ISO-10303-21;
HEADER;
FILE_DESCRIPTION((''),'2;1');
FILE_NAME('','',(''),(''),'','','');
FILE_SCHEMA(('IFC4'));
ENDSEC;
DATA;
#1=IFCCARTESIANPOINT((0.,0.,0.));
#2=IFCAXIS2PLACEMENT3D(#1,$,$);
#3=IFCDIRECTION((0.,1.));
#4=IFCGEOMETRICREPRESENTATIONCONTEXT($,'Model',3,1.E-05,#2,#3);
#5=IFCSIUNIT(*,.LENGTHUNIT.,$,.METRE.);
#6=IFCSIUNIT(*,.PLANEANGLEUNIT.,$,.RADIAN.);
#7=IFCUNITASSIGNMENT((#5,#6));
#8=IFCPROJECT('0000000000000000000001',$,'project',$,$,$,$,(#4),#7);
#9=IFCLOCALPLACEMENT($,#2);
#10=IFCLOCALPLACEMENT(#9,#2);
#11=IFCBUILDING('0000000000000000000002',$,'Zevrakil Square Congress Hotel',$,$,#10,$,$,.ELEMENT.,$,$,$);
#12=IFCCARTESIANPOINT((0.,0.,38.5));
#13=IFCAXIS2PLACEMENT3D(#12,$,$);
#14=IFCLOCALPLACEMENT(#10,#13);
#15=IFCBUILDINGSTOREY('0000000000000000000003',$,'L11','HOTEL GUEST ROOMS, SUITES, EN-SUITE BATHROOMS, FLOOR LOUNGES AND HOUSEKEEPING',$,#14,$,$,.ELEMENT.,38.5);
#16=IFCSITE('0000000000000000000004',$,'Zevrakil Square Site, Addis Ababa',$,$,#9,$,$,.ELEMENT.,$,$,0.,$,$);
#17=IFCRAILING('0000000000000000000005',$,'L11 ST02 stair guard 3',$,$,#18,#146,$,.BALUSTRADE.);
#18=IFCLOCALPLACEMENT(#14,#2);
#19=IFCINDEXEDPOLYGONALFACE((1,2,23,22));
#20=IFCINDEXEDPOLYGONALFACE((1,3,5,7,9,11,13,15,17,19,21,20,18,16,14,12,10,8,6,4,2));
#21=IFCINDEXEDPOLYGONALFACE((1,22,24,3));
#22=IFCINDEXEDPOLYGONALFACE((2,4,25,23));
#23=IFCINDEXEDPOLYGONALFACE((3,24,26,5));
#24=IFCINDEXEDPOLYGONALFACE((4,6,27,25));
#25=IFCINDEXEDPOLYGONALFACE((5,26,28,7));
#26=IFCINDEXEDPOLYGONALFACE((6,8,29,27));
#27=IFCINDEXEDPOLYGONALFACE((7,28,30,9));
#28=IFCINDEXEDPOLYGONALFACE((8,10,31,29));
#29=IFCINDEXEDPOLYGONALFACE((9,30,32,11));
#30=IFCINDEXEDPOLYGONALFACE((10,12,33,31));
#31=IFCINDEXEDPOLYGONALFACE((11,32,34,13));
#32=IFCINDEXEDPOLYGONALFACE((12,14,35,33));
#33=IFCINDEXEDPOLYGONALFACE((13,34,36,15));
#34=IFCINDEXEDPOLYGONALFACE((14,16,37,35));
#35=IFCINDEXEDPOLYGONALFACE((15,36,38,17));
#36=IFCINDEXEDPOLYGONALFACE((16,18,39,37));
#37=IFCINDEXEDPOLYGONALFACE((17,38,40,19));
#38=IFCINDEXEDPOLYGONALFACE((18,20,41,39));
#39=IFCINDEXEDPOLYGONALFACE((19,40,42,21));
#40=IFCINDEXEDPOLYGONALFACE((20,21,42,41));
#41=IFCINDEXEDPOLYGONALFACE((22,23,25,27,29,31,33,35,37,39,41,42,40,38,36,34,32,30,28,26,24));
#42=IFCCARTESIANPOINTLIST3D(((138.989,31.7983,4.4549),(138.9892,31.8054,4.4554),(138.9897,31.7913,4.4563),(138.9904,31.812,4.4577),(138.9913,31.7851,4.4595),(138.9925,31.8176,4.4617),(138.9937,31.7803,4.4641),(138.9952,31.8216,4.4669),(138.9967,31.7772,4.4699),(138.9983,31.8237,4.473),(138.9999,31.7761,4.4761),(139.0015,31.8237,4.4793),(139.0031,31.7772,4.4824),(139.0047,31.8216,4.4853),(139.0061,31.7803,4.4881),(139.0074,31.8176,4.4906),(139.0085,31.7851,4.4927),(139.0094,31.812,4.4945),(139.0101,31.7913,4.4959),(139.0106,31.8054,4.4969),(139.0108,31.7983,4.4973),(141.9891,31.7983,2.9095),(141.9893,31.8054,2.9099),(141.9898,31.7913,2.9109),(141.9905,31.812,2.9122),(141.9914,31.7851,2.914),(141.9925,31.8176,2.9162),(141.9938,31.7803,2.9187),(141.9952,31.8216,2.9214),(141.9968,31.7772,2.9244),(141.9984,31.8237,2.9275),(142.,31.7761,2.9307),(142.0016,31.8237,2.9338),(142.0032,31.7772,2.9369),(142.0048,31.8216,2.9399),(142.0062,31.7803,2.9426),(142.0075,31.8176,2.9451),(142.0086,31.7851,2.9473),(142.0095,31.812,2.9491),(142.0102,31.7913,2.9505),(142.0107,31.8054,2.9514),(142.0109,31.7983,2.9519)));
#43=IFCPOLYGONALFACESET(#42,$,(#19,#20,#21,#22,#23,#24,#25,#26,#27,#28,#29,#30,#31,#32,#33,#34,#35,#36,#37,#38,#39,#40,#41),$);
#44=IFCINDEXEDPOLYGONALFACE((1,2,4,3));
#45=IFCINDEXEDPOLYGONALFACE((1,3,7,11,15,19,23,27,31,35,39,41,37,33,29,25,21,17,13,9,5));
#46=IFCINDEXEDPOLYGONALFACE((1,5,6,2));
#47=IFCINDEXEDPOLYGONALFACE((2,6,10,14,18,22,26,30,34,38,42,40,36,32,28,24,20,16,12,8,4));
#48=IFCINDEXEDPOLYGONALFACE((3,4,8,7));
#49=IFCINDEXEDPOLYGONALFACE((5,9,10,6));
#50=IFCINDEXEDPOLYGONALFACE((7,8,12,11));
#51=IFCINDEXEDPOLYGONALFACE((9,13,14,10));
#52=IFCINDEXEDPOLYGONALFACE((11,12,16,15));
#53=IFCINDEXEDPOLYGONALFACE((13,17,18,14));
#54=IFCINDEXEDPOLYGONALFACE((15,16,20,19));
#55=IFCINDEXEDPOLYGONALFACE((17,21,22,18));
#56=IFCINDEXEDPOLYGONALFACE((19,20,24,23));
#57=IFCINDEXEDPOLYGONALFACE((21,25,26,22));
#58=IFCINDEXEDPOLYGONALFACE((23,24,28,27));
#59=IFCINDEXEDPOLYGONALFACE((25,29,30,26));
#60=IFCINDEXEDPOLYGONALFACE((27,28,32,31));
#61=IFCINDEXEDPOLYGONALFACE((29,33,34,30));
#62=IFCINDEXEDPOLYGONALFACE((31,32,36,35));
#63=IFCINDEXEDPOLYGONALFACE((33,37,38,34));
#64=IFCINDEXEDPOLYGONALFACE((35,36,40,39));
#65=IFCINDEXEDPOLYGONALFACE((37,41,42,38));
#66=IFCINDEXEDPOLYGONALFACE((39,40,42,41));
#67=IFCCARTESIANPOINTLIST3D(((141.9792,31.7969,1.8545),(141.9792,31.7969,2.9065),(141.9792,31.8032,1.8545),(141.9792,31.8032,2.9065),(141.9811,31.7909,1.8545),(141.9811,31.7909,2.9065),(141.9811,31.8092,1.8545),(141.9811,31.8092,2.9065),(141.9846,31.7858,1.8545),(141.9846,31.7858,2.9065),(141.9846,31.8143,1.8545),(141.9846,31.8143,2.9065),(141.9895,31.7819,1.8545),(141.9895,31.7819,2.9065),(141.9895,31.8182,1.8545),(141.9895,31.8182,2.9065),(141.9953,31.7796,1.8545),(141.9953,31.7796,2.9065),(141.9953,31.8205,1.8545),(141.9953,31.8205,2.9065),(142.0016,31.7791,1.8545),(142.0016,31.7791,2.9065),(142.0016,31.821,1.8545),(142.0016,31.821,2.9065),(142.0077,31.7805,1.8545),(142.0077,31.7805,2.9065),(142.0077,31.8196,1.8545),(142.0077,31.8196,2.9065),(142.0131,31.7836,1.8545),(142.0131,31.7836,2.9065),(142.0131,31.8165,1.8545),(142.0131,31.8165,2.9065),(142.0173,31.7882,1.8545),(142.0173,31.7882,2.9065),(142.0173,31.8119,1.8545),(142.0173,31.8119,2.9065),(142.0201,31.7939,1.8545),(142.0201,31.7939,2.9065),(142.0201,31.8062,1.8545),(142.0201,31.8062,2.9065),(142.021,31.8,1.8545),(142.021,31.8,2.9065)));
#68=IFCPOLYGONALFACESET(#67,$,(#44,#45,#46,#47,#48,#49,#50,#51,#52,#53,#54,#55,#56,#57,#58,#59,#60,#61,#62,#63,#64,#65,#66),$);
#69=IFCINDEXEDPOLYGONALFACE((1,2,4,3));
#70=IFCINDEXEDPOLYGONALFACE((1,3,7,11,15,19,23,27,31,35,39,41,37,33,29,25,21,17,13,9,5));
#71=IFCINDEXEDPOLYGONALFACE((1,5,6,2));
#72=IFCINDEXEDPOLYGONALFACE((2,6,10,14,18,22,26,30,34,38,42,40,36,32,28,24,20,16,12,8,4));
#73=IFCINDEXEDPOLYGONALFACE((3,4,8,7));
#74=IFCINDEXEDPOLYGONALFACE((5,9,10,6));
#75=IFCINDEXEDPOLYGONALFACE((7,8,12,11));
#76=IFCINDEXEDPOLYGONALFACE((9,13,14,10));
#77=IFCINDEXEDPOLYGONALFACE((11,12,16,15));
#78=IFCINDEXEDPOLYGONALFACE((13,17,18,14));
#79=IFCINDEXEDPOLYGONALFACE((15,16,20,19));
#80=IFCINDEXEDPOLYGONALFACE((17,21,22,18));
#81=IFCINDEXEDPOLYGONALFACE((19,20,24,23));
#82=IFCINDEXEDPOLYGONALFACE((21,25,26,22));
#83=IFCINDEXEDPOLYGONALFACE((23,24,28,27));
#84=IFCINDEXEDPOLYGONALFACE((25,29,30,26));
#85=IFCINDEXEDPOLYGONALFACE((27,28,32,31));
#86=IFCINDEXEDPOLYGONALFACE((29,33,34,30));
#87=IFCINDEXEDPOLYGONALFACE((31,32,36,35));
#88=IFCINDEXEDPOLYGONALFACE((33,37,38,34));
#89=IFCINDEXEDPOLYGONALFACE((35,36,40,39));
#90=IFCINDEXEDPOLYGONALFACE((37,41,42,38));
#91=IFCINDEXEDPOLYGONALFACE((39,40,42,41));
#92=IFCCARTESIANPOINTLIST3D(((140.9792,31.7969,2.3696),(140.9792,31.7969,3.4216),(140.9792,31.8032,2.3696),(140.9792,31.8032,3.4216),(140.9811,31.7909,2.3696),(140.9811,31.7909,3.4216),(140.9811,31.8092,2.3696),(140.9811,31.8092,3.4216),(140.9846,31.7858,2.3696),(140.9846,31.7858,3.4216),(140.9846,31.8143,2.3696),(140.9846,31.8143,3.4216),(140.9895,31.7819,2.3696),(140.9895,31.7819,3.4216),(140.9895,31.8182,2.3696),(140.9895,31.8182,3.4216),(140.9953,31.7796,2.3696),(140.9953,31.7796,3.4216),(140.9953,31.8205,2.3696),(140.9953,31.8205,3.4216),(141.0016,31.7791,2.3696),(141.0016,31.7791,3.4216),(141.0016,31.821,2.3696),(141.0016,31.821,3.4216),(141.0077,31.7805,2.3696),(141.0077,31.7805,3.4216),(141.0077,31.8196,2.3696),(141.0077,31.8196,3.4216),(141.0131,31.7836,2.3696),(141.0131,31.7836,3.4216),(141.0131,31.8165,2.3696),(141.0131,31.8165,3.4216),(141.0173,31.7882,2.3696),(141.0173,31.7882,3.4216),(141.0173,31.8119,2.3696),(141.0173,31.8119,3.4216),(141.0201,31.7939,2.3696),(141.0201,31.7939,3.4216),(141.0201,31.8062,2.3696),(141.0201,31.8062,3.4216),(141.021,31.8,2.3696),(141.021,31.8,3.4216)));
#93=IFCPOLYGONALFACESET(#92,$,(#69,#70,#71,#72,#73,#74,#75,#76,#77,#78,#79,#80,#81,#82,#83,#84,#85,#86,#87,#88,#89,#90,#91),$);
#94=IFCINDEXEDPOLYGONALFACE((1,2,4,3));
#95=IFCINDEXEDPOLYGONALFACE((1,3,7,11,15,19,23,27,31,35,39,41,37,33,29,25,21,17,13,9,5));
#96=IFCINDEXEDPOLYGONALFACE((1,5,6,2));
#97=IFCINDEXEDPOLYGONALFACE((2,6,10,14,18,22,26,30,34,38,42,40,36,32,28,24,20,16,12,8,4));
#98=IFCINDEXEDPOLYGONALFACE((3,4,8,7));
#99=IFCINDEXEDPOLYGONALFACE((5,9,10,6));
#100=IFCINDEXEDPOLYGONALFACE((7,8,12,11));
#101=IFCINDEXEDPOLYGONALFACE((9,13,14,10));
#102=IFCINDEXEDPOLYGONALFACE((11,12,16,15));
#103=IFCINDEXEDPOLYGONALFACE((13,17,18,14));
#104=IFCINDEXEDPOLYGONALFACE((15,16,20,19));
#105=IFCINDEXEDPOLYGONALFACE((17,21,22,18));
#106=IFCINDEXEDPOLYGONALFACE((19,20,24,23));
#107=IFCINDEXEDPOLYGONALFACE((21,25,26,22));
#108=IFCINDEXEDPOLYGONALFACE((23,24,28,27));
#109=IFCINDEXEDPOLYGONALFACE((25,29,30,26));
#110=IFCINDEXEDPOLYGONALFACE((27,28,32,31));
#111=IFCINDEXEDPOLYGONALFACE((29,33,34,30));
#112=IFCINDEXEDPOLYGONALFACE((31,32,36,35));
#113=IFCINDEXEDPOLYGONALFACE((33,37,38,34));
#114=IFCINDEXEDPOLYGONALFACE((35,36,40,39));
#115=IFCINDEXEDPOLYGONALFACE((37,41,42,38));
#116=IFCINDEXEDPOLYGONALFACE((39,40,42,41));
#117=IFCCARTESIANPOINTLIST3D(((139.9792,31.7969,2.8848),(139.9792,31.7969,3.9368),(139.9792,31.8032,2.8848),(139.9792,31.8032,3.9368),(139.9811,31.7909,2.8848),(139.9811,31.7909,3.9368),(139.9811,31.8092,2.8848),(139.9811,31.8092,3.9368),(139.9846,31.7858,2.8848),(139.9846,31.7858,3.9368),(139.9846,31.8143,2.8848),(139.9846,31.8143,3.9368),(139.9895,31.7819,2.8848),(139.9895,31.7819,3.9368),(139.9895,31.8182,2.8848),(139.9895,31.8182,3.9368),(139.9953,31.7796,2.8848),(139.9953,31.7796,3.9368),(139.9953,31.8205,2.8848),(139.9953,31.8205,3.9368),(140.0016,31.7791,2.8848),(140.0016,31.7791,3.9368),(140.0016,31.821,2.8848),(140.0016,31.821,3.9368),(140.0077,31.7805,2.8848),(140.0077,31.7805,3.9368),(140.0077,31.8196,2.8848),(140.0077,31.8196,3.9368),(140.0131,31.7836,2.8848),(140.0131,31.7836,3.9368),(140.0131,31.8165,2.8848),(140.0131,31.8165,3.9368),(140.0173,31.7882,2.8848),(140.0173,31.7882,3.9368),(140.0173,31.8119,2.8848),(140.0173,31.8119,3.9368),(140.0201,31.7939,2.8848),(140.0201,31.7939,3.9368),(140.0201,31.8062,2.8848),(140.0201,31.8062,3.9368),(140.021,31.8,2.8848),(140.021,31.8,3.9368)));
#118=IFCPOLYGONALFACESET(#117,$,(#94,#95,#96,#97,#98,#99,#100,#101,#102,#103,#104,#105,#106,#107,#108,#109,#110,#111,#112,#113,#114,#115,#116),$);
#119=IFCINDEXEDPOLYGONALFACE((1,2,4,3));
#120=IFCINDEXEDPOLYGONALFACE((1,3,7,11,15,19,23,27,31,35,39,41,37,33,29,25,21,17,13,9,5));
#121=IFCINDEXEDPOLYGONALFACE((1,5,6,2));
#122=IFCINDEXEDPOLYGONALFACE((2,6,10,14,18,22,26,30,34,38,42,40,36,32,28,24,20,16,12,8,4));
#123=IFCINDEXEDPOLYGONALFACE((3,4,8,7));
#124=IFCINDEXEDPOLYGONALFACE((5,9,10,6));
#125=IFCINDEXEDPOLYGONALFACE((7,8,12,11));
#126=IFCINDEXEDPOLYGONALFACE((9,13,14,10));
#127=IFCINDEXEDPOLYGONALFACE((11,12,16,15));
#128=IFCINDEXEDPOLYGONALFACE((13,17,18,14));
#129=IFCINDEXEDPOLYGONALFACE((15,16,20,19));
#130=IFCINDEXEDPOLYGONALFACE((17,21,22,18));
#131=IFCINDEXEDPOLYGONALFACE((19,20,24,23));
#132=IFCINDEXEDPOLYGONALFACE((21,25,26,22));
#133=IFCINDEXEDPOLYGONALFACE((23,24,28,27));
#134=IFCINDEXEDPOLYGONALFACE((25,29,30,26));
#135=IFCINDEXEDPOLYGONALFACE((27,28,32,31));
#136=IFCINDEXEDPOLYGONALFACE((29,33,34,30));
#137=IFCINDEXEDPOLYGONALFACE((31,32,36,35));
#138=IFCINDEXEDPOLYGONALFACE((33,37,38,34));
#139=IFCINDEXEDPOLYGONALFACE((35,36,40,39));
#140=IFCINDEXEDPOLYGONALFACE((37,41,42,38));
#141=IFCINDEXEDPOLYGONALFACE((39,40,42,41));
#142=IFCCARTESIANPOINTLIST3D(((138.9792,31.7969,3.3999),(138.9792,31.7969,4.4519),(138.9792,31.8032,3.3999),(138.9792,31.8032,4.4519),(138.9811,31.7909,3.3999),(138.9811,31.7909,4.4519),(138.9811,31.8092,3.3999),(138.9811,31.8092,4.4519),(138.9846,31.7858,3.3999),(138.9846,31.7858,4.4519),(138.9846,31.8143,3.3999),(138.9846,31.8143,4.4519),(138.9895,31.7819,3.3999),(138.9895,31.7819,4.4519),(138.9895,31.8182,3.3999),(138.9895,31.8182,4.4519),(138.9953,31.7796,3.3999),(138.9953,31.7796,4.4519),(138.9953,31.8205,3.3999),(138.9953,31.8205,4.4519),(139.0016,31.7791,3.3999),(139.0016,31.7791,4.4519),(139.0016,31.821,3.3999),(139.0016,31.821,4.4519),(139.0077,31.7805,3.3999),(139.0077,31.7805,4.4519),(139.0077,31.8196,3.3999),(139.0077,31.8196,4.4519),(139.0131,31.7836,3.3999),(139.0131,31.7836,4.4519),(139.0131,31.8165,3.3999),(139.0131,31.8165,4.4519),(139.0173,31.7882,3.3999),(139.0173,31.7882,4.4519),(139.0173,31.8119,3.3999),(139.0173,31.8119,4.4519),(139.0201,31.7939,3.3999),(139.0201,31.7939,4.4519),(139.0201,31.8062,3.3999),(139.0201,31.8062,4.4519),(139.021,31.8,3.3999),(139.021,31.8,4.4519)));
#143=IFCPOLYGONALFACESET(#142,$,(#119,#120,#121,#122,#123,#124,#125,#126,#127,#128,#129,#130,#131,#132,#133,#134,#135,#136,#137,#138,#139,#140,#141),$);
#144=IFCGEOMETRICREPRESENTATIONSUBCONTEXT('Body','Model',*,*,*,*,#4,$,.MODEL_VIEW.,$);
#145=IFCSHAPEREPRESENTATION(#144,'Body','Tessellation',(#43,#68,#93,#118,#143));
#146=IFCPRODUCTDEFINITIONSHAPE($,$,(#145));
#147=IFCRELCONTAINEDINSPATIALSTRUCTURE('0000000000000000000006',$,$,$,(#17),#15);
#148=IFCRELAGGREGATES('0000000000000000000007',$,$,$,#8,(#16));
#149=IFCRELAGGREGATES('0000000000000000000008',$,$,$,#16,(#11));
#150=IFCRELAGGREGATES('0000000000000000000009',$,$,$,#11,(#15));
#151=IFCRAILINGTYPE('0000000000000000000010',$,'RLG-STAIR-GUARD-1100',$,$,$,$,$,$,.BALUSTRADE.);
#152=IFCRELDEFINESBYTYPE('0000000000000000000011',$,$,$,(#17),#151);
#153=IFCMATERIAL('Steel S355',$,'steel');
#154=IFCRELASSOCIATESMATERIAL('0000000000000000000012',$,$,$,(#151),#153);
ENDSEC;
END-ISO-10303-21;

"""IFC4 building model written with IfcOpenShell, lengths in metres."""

from ifc_helpers import new_model, si_unit, direction, frame, origin, origin_2d, place, context, subcontext, project, spatial, circle, extrude, material, type_object, element, save


model = new_model("IFC4")

# Units and contexts
model_context = context("Model", 3, precision=1e-05, world=origin(), true_north=direction((0.0, 1.0)))
body_context = subcontext(model_context, "Body", "Model", "MODEL_VIEW")
ifc_project = project(units=[si_unit("LENGTHUNIT", "METRE"), si_unit("PLANEANGLEUNIT", "RADIAN")], contexts=[model_context])

# Site, building, storey
site_placement = place(None, origin())
site = spatial("IfcSite", under=ifc_project, at=site_placement, Name="Zevrakil Square Site, Addis Ababa", CompositionType="ELEMENT", RefElevation=0.0)
building_placement = place(site_placement, origin())
building = spatial("IfcBuilding", under=site, at=building_placement, Name="Zevrakil Square Congress Hotel", CompositionType="ELEMENT")
storey_placement = place(building_placement, frame((0.0, 0.0, 38.5)))
storey = spatial("IfcBuildingStorey", under=building, at=storey_placement, Name="L11", Description="HOTEL GUEST ROOMS, SUITES, EN-SUITE BATHROOMS, FLOOR LOUNGES AND HOUSEKEEPING", CompositionType="ELEMENT", Elevation=38.5)

# Railing
ifc_material_1 = material(Name="Steel S355", Category="steel")
railing_type_1 = type_object("IfcRailingType", Name="RLG-STAIR-GUARD-1100", PredefinedType="BALUSTRADE", material=ifc_material_1)
railing_1_placement = place(storey_placement, frame((142.0, 31.8, 1.8545)))
element("IfcRailing", 1, at=railing_1_placement, inside=storey, type_object=railing_type_1, Name="L11 ST02 stair guard 3", PredefinedType="BALUSTRADE", context=body_context, shape_type="SweptSolid", body=[
    extrude(circle(Radius=0.0239, at=origin_2d()), frame((0.0, 0.0, 1.0762), z_axis=(-0.88898, 0.0, 0.457946), x_axis=(0.0, -1.0, 0.0)), (0.0, 0.0, 1.0), 3.3748),
    extrude(circle(Radius=0.021, at=origin_2d()), origin(), (0.0, 0.0, 1.0), 1.052),
    extrude(circle(Radius=0.021, at=origin_2d()), frame((-1.0, 0.0, 0.5151)), (0.0, 0.0, 1.0), 1.052),
    extrude(circle(Radius=0.021, at=origin_2d()), frame((-2.0, 0.0, 1.0303)), (0.0, 0.0, 1.0), 1.052),
    extrude(circle(Radius=0.021, at=origin_2d()), frame((-3.0, 0.0, 1.5454)), (0.0, 0.0, 1.0), 1.052),
])

save(model, "model.ifc")
